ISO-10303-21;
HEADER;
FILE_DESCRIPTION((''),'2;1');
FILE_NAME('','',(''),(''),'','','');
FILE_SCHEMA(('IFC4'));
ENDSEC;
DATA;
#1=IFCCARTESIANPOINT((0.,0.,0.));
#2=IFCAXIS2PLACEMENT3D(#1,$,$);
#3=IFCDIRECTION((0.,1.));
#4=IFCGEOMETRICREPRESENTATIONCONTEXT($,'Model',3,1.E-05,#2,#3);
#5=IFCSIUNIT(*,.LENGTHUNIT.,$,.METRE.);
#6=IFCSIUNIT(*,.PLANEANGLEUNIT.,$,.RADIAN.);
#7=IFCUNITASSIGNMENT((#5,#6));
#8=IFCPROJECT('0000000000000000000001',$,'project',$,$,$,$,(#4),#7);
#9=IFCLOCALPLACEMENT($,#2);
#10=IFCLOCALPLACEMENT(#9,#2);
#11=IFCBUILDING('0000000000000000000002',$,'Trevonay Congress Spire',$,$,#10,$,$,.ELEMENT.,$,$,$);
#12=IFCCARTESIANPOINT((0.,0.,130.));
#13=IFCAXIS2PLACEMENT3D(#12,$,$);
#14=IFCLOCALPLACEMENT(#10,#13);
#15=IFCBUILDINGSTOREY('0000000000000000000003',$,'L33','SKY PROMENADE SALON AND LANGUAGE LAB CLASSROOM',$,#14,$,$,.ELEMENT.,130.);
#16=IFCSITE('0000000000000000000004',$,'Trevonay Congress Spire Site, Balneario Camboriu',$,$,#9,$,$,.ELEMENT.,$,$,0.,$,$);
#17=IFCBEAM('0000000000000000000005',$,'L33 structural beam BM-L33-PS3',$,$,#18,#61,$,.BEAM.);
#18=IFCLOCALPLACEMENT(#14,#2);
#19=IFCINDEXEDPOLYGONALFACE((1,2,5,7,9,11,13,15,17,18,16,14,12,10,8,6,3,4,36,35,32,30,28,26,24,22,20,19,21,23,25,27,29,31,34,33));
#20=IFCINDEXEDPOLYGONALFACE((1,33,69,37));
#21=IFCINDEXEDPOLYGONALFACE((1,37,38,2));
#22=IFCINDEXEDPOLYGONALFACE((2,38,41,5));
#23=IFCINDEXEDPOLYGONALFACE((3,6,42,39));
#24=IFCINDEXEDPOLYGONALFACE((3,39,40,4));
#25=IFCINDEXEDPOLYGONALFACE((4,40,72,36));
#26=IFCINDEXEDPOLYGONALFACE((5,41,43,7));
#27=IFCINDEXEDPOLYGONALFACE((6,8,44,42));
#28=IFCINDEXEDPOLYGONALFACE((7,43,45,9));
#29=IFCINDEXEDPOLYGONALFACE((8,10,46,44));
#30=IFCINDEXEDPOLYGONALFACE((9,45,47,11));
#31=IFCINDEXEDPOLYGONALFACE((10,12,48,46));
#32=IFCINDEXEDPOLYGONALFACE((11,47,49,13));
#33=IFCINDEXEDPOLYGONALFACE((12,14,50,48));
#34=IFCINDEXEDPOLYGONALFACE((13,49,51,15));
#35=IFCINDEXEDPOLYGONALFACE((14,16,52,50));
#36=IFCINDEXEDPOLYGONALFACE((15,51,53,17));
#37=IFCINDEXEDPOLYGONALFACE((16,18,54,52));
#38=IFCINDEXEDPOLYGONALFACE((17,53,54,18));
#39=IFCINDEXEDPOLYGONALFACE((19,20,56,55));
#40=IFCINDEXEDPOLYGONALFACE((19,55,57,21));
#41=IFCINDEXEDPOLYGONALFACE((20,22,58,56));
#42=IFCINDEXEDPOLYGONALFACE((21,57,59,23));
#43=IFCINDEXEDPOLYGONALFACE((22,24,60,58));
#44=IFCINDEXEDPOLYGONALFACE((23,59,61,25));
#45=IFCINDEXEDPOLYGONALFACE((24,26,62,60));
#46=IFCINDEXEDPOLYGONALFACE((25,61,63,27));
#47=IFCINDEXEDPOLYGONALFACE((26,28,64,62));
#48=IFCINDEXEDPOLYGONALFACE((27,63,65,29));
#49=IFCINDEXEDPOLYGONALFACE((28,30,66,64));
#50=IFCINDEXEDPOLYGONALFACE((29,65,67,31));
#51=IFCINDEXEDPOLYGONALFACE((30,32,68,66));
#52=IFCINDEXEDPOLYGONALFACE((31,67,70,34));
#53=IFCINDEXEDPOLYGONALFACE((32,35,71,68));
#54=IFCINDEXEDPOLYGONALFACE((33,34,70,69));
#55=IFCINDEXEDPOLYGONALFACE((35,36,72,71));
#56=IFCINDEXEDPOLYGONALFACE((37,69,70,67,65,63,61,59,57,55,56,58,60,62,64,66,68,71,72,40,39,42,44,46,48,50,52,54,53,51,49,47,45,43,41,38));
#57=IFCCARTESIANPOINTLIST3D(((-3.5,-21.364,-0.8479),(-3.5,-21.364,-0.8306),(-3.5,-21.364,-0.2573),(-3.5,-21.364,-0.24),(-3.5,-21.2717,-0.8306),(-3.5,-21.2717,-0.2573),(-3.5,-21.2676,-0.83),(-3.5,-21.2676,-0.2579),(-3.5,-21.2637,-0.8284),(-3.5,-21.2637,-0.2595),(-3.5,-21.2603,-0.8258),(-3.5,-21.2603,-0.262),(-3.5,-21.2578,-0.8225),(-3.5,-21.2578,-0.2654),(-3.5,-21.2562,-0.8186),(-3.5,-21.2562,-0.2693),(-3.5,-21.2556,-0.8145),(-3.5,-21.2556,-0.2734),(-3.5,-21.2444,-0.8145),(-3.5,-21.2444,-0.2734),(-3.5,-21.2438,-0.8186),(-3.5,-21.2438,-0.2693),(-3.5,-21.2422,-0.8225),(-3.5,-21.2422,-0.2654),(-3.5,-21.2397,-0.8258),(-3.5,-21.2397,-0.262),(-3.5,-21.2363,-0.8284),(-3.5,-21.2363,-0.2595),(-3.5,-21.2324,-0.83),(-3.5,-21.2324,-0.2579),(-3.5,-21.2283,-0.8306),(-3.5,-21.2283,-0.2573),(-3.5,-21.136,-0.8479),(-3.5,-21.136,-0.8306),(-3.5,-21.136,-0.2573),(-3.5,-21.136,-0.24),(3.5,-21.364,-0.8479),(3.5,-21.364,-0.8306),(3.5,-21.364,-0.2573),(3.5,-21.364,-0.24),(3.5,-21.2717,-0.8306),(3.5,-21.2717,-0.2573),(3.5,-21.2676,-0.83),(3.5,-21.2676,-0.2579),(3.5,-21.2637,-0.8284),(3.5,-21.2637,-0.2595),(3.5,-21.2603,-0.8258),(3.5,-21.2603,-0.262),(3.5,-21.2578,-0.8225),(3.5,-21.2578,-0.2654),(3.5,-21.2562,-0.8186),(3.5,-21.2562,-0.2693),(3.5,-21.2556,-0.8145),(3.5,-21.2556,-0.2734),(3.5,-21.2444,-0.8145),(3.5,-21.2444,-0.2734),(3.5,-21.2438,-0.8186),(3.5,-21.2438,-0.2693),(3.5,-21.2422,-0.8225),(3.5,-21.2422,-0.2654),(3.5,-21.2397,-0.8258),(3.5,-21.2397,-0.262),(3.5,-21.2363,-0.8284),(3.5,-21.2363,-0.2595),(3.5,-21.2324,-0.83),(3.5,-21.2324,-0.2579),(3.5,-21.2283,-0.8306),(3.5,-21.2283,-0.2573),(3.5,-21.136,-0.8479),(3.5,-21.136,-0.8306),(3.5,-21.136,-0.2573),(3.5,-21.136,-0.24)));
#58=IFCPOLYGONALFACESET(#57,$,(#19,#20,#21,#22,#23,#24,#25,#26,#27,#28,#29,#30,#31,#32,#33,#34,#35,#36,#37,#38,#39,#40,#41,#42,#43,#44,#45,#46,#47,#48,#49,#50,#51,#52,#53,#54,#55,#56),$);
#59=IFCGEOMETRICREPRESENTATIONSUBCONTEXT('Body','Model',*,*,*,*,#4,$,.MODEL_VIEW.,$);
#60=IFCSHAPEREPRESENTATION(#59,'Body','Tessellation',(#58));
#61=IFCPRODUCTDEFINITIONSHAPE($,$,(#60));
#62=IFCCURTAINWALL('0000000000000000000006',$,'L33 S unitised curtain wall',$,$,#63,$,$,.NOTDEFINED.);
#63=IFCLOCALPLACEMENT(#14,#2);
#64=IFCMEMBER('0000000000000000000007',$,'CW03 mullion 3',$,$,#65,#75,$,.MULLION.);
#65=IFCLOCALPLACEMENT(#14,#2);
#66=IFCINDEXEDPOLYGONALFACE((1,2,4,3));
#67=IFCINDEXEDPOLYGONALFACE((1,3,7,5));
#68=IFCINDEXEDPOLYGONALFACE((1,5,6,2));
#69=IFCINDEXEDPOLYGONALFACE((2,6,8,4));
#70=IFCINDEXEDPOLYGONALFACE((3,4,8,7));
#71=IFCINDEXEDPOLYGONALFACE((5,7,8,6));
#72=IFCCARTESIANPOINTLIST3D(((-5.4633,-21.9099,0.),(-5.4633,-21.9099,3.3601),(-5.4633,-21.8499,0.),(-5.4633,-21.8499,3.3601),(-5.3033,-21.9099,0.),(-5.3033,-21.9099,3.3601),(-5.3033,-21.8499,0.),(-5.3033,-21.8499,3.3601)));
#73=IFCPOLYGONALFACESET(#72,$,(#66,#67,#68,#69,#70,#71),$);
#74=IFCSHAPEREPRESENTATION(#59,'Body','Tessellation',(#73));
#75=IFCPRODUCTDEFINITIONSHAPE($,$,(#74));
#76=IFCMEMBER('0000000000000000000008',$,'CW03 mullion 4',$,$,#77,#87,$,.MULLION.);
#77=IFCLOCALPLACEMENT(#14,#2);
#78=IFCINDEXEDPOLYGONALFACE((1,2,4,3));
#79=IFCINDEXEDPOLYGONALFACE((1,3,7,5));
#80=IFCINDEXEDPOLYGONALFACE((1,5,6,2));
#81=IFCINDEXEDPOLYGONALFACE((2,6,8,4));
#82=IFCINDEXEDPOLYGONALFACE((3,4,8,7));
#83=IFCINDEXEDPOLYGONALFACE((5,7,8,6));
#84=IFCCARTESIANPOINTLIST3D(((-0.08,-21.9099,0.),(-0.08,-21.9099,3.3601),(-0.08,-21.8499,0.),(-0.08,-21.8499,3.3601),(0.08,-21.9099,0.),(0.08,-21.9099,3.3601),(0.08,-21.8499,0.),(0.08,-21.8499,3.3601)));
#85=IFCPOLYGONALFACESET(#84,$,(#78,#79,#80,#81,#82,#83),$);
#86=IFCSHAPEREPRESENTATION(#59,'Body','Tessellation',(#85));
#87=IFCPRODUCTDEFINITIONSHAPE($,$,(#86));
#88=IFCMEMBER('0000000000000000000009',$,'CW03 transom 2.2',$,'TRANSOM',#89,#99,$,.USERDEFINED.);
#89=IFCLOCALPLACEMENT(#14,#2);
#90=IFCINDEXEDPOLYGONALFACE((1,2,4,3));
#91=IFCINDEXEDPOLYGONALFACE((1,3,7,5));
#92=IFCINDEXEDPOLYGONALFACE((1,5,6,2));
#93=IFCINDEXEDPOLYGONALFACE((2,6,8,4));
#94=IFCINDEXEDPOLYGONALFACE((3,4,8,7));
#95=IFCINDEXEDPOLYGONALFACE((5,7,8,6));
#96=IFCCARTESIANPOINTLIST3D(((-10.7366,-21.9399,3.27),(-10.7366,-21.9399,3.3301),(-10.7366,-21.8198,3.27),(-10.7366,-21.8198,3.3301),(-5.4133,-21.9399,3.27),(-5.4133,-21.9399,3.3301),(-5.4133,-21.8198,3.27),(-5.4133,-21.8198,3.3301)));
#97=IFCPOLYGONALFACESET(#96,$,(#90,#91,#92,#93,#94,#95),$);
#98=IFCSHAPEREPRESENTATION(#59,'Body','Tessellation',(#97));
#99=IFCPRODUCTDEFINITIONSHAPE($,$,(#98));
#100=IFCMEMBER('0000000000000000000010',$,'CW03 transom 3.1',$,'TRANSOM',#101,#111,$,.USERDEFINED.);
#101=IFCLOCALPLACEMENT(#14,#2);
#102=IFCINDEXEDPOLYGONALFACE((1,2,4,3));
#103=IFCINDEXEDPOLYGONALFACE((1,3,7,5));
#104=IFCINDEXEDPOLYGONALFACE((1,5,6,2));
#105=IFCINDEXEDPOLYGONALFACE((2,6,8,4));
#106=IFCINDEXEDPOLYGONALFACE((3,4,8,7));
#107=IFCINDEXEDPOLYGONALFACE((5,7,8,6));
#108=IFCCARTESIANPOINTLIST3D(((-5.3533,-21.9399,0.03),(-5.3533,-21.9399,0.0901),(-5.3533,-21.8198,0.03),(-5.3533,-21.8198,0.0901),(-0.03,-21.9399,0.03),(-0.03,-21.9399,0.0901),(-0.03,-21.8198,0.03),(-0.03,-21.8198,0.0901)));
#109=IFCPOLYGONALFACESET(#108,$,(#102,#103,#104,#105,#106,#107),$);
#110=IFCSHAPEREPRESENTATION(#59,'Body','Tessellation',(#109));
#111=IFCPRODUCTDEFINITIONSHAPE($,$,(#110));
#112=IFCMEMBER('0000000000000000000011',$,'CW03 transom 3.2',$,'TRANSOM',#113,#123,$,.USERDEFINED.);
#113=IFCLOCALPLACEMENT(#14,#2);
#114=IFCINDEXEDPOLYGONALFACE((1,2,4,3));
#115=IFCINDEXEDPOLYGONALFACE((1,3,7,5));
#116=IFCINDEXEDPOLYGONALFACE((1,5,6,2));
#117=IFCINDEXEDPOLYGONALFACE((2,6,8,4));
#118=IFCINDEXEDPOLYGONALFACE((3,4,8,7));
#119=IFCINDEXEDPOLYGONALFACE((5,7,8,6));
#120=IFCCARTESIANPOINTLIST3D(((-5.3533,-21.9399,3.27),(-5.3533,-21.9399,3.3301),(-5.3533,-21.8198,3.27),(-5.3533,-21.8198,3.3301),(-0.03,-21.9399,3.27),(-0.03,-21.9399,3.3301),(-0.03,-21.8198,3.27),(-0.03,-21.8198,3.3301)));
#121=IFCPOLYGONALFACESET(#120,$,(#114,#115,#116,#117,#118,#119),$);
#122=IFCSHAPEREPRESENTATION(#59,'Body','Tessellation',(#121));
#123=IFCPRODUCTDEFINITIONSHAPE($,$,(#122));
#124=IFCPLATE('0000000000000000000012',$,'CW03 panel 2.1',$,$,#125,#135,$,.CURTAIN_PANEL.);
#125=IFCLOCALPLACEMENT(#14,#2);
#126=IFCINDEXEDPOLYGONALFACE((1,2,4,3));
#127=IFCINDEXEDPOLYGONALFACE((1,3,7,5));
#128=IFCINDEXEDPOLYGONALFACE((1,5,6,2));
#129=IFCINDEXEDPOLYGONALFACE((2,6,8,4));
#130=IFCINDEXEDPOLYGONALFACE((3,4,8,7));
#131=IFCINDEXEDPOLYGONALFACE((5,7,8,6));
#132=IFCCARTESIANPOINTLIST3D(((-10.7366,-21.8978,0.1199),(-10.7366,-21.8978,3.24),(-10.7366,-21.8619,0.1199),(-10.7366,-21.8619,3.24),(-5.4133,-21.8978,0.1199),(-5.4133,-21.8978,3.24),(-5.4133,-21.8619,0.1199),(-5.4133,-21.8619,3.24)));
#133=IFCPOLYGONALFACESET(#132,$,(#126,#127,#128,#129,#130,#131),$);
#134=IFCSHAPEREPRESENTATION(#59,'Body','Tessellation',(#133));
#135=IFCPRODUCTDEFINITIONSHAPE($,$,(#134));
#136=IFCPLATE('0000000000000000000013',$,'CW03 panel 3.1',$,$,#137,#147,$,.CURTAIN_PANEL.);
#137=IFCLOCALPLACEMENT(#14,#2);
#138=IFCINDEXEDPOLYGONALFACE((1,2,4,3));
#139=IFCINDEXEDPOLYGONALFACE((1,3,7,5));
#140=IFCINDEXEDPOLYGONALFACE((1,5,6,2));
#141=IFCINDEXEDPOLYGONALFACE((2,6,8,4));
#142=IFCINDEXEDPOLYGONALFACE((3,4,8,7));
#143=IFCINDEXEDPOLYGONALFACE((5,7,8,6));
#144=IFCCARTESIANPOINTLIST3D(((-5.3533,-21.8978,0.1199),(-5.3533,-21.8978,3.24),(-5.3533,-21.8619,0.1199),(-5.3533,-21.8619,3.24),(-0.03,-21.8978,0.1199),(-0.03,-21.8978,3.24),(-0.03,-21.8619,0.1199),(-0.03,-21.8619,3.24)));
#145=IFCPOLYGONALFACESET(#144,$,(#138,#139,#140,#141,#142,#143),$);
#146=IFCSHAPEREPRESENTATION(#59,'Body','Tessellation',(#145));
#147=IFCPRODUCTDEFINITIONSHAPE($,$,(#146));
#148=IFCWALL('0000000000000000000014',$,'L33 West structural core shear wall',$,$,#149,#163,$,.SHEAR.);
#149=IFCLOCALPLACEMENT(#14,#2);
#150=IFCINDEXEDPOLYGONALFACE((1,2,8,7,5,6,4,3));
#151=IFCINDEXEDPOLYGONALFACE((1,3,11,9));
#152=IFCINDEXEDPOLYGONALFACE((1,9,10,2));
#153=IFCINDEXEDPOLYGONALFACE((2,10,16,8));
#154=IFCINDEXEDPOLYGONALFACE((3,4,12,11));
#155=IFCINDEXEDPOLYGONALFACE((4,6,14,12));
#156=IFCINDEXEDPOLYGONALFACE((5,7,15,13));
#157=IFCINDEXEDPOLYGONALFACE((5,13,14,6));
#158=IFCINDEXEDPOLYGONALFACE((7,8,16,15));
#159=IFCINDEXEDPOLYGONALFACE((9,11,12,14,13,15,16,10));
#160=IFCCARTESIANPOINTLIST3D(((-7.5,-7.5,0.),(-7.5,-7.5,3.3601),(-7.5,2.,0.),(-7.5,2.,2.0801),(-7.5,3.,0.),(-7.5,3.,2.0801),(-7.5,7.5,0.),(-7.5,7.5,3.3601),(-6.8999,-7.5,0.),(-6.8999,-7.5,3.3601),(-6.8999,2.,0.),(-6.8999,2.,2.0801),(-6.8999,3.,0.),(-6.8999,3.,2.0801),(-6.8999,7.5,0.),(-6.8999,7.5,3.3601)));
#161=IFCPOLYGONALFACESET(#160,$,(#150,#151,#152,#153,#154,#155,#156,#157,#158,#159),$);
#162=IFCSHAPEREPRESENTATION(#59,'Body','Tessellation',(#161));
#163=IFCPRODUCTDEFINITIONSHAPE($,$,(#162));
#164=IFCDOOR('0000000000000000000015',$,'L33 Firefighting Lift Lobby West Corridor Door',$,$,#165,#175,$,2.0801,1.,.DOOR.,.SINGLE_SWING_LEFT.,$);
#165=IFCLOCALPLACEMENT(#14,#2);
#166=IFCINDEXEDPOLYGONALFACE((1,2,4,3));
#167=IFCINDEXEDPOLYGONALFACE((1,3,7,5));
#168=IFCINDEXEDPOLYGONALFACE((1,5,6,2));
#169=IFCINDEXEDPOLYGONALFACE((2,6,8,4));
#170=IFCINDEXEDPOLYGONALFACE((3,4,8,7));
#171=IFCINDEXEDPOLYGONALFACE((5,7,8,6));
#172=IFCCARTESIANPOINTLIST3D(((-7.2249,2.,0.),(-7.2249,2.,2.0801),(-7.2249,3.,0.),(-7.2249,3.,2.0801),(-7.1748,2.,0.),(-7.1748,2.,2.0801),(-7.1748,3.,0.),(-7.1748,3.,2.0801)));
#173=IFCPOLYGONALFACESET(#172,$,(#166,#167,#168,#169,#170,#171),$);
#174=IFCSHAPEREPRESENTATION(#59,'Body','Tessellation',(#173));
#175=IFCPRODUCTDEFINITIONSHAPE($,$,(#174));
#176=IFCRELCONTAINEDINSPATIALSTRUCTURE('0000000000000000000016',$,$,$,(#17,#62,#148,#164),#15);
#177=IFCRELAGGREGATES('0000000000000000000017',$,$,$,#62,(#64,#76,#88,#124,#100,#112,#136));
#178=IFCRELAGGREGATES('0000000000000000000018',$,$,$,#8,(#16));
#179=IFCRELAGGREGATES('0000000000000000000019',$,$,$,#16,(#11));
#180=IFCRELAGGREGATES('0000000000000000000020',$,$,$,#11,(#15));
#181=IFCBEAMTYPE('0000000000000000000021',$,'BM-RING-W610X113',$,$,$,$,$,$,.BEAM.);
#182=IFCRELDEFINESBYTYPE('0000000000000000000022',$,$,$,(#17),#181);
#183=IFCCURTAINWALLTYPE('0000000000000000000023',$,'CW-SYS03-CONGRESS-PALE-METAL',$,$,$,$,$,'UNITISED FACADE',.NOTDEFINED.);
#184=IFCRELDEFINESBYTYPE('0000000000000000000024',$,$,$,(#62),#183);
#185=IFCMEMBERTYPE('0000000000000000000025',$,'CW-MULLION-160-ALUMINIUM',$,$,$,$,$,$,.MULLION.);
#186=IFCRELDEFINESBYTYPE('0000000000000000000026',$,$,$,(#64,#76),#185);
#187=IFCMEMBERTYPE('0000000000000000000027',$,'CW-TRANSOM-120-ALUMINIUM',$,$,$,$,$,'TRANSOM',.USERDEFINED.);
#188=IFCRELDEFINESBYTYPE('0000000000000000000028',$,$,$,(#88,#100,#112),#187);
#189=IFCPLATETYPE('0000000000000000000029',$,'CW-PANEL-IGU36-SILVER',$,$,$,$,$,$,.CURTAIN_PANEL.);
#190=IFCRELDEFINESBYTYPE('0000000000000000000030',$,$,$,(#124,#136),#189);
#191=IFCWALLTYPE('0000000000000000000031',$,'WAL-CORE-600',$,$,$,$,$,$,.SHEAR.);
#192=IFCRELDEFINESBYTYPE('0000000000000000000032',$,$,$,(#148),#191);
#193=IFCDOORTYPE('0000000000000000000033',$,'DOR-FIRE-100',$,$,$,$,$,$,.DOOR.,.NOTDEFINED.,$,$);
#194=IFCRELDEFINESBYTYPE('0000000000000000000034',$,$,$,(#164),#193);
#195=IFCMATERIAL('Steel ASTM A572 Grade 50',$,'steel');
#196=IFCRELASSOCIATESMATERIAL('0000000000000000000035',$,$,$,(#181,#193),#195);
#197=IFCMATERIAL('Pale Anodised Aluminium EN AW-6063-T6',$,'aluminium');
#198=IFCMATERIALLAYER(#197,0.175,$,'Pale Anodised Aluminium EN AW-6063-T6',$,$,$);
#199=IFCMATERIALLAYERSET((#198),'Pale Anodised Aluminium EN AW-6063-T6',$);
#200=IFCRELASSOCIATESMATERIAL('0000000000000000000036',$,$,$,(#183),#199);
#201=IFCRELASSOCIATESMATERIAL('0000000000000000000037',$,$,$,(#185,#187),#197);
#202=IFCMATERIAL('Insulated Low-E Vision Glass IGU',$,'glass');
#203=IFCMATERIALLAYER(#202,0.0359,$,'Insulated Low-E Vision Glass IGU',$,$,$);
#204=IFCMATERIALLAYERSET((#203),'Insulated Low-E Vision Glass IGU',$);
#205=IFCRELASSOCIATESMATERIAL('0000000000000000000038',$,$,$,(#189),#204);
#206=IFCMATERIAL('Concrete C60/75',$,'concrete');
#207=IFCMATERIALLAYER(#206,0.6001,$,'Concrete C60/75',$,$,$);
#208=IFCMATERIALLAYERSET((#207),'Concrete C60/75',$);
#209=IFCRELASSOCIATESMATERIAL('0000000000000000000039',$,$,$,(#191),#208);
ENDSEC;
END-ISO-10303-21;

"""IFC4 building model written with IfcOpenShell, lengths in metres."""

from ifc_helpers import new_model, si_unit, direction, frame, frame_2d, origin, origin_2d, place, context, subcontext, project, spatial, rectangle, i_section, extrude, material, layer, layer_set, material_profile, profile_set, type_object, element, fill, aggregate, save


model = new_model("IFC4")

# Units and contexts
model_context = context("Model", 3, precision=1e-05, world=origin(), true_north=direction((0.0, 1.0)))
body_context = subcontext(model_context, "Body", "Model", "MODEL_VIEW")
ifc_project = project(units=[si_unit("LENGTHUNIT", "METRE"), si_unit("PLANEANGLEUNIT", "RADIAN")], contexts=[model_context])

# Site, building, storey
site_placement = place(None, origin())
site = spatial("IfcSite", under=ifc_project, at=site_placement, Name="Trevonay Congress Spire Site, Balneario Camboriu", CompositionType="ELEMENT", RefElevation=0.0)
building_placement = place(site_placement, origin())
building = spatial("IfcBuilding", under=site, at=building_placement, Name="Trevonay Congress Spire", CompositionType="ELEMENT")
storey_placement = place(building_placement, frame((0.0, 0.0, 130.0)))
storey = spatial("IfcBuildingStorey", under=building, at=storey_placement, Name="L33", Description="SKY PROMENADE SALON AND LANGUAGE LAB CLASSROOM", CompositionType="ELEMENT", Elevation=130.0)

# Shared definitions
ifc_material_1 = material(Name="Steel ASTM A572 Grade 50", Category="steel")

# Beam
ifc_material_profile_1 = material_profile(ifc_material_1, i_section(OverallWidth=0.228, OverallDepth=0.6079, WebThickness=0.0112, FlangeThickness=0.0173, FilletRadius=0.0161, at=origin_2d()), Name="W610x113")
ifc_profile_set_1 = profile_set([ifc_material_profile_1], Name="Steel ASTM A572 Grade 50")
beam_type_1 = type_object("IfcBeamType", Name="BM-RING-W610X113", PredefinedType="BEAM", material=ifc_profile_set_1)
beam_1_placement = place(storey_placement, frame((-3.5, -21.25, -0.5439), z_axis=(1.0, 0.0, 0.0), x_axis=(0.0, 1.0, 0.0)))
element("IfcBeam", 1, at=beam_1_placement, inside=storey, type_object=beam_type_1, Name="L33 structural beam BM-L33-PS3", PredefinedType="BEAM", context=body_context, shape_type="SweptSolid", body=[
    extrude(i_section(OverallWidth=0.228, OverallDepth=0.6079, WebThickness=0.0112, FlangeThickness=0.0173, FilletRadius=0.0161, at=origin_2d()), origin(), (0.0, 0.0, 1.0), 7.0),
])

# Curtain wall, members, plates
ifc_material_2 = material(Name="Pale Anodised Aluminium EN AW-6063-T6", Category="aluminium")
ifc_layer_1 = layer(ifc_material_2, 0.175, Name="Pale Anodised Aluminium EN AW-6063-T6")
ifc_layer_set_1 = layer_set([ifc_layer_1], Name="Pale Anodised Aluminium EN AW-6063-T6")
curtain_wall_type = type_object("IfcCurtainWallType", Name="CW-SYS03-CONGRESS-PALE-METAL", ElementType="UNITISED FACADE", PredefinedType="NOTDEFINED", material=ifc_layer_set_1)
curtain_wall_placement = place(storey_placement, origin())
curtain_wall = element("IfcCurtainWall", 2, at=curtain_wall_placement, inside=storey, type_object=curtain_wall_type, Name="L33 S unitised curtain wall", PredefinedType="NOTDEFINED")
ifc_material_profile_2 = material_profile(ifc_material_2, rectangle(XDim=0.0601, YDim=0.1599, at=origin_2d()), Name="CW-MULLION-160-ALUMINIUM")
ifc_profile_set_2 = profile_set([ifc_material_profile_2], Name="Pale Anodised Aluminium EN AW-6063-T6")
member_type_1 = type_object("IfcMemberType", Name="CW-MULLION-160-ALUMINIUM", PredefinedType="MULLION", material=ifc_profile_set_2)
member_1_placement = place(storey_placement, frame((-5.3833, -21.8799, 0.0), z_axis=(0.0, 0.0, 1.0), x_axis=(0.0, 1.0, 0.0)))
member_1 = element("IfcMember", 3, at=member_1_placement, type_object=member_type_1, Name="CW03 mullion 3", PredefinedType="MULLION", context=body_context, shape_type="SweptSolid", body=[
    extrude(rectangle(XDim=0.0601, YDim=0.1599, at=origin_2d()), origin(), (0.0, 0.0, 1.0), 3.3601),
])
member_2_placement = place(storey_placement, frame((0.0, -21.8799, 0.0), z_axis=(0.0, 0.0, 1.0), x_axis=(0.0, 1.0, 0.0)))
member_2 = element("IfcMember", 4, at=member_2_placement, type_object=member_type_1, Name="CW03 mullion 4", PredefinedType="MULLION", context=body_context, shape_type="SweptSolid", body=[
    extrude(rectangle(XDim=0.0601, YDim=0.1599, at=origin_2d()), origin(), (0.0, 0.0, 1.0), 3.3601),
])
ifc_material_profile_3 = material_profile(ifc_material_2, rectangle(XDim=0.1201, YDim=0.0601, at=origin_2d()), Name="CW-TRANSOM-120-ALUMINIUM")
ifc_profile_set_3 = profile_set([ifc_material_profile_3], Name="Pale Anodised Aluminium EN AW-6063-T6")
member_type_2 = type_object("IfcMemberType", Name="CW-TRANSOM-120-ALUMINIUM", ElementType="TRANSOM", PredefinedType="USERDEFINED", material=ifc_profile_set_3)
member_3_placement = place(storey_placement, frame((-10.7366, -21.8799, 3.3), z_axis=(1.0, 0.0, 0.0), x_axis=(0.0, 1.0, 0.0)))
member_3 = element("IfcMember", 5, at=member_3_placement, type_object=member_type_2, Name="CW03 transom 2.2", ObjectType="TRANSOM", PredefinedType="USERDEFINED", context=body_context, shape_type="SweptSolid", body=[
    extrude(rectangle(XDim=0.1201, YDim=0.0601, at=origin_2d()), origin(), (0.0, 0.0, 1.0), 5.3232),
])
member_4_placement = place(storey_placement, frame((-5.3533, -21.8799, 0.0601), z_axis=(1.0, 0.0, 0.0), x_axis=(0.0, 1.0, 0.0)))
member_4 = element("IfcMember", 6, at=member_4_placement, type_object=member_type_2, Name="CW03 transom 3.1", ObjectType="TRANSOM", PredefinedType="USERDEFINED", context=body_context, shape_type="SweptSolid", body=[
    extrude(rectangle(XDim=0.1201, YDim=0.0601, at=origin_2d()), origin(), (0.0, 0.0, 1.0), 5.3232),
])
member_5_placement = place(storey_placement, frame((-5.3533, -21.8799, 3.3), z_axis=(1.0, 0.0, 0.0), x_axis=(0.0, 1.0, 0.0)))
member_5 = element("IfcMember", 7, at=member_5_placement, type_object=member_type_2, Name="CW03 transom 3.2", ObjectType="TRANSOM", PredefinedType="USERDEFINED", context=body_context, shape_type="SweptSolid", body=[
    extrude(rectangle(XDim=0.1201, YDim=0.0601, at=origin_2d()), origin(), (0.0, 0.0, 1.0), 5.3232),
])
ifc_material_3 = material(Name="Insulated Low-E Vision Glass IGU", Category="glass")
ifc_layer_2 = layer(ifc_material_3, 0.0359, Name="Insulated Low-E Vision Glass IGU")
ifc_layer_set_2 = layer_set([ifc_layer_2], Name="Insulated Low-E Vision Glass IGU")
plate_type = type_object("IfcPlateType", Name="CW-PANEL-IGU36-SILVER", PredefinedType="CURTAIN_PANEL", material=ifc_layer_set_2)
plate_1_placement = place(storey_placement, frame((-8.075, -21.8799, 0.1199), z_axis=(0.0, 0.0, 1.0), x_axis=(1.0, 0.0, 0.0)))
plate_1 = element("IfcPlate", 8, at=plate_1_placement, type_object=plate_type, Name="CW03 panel 2.1", PredefinedType="CURTAIN_PANEL", context=body_context, shape_type="SweptSolid", body=[
    extrude(rectangle(XDim=5.3232, YDim=0.0359, at=origin_2d()), origin(), (0.0, 0.0, 1.0), 3.1201),
])
plate_2_placement = place(storey_placement, frame((-2.6917, -21.8799, 0.1199), z_axis=(0.0, 0.0, 1.0), x_axis=(1.0, 0.0, 0.0)))
plate_2 = element("IfcPlate", 9, at=plate_2_placement, type_object=plate_type, Name="CW03 panel 3.1", PredefinedType="CURTAIN_PANEL", context=body_context, shape_type="SweptSolid", body=[
    extrude(rectangle(XDim=5.3232, YDim=0.0359, at=origin_2d()), origin(), (0.0, 0.0, 1.0), 3.1201),
])
aggregate(curtain_wall, [member_1, member_2, member_3, plate_1, member_4, member_5, plate_2])

# Wall, opening, door
ifc_material_4 = material(Name="Concrete C60/75", Category="concrete")
ifc_layer_3 = layer(ifc_material_4, 0.6001, Name="Concrete C60/75")
ifc_layer_set_3 = layer_set([ifc_layer_3], Name="Concrete C60/75")
wall_type_1 = type_object("IfcWallType", Name="WAL-CORE-600", PredefinedType="SHEAR", material=ifc_layer_set_3)
wall_1_placement = place(storey_placement, frame((-7.2, -7.5, 0.0), z_axis=(0.0, 0.0, 1.0), x_axis=(0.0, 1.0, 0.0)))
wall_1 = element("IfcWall", 10, at=wall_1_placement, inside=storey, type_object=wall_type_1, Name="L33 West structural core shear wall", PredefinedType="SHEAR", context=body_context, shape_type="SweptSolid", body=[
    extrude(rectangle(XDim=15.0, YDim=0.6001, at=frame_2d((7.5, 0.0))), origin(), (0.0, 0.0, 1.0), 3.3601),
])
opening_placement = place(wall_1_placement, frame((9.5, 0.0, 0.0)))
opening = element("IfcOpeningElement", 11, at=opening_placement, cuts=wall_1, PredefinedType="OPENING", context=body_context, shape_type="SweptSolid", body=[
    extrude(rectangle(XDim=1.0, YDim=2.0801, at=frame_2d((0.5, 1.04))), frame((0.0, 0.3101, 0.0), z_axis=(0.0, -1.0, 0.0), x_axis=(1.0, 0.0, 0.0)), (0.0, 0.0, 1.0), 0.6201),
])
door_type = type_object("IfcDoorType", Name="DOR-FIRE-100", OperationType="NOTDEFINED", PredefinedType="DOOR", material=ifc_material_1)
door_placement = place(opening_placement, origin())
door = element("IfcDoor", 12, at=door_placement, inside=storey, type_object=door_type, Name="L33 Firefighting Lift Lobby West Corridor Door", OperationType="SINGLE_SWING_LEFT", OverallHeight=2.0801, OverallWidth=1.0, PredefinedType="DOOR", context=body_context, shape_type="SweptSolid", body=[
    extrude(rectangle(XDim=1.0, YDim=2.0801, at=frame_2d((0.5, 1.04))), frame((0.0, 0.0249, 0.0), z_axis=(0.0, -1.0, 0.0), x_axis=(1.0, 0.0, 0.0)), (0.0, 0.0, 1.0), 0.05),
])
fill(opening, door)

save(model, "model.ifc")
